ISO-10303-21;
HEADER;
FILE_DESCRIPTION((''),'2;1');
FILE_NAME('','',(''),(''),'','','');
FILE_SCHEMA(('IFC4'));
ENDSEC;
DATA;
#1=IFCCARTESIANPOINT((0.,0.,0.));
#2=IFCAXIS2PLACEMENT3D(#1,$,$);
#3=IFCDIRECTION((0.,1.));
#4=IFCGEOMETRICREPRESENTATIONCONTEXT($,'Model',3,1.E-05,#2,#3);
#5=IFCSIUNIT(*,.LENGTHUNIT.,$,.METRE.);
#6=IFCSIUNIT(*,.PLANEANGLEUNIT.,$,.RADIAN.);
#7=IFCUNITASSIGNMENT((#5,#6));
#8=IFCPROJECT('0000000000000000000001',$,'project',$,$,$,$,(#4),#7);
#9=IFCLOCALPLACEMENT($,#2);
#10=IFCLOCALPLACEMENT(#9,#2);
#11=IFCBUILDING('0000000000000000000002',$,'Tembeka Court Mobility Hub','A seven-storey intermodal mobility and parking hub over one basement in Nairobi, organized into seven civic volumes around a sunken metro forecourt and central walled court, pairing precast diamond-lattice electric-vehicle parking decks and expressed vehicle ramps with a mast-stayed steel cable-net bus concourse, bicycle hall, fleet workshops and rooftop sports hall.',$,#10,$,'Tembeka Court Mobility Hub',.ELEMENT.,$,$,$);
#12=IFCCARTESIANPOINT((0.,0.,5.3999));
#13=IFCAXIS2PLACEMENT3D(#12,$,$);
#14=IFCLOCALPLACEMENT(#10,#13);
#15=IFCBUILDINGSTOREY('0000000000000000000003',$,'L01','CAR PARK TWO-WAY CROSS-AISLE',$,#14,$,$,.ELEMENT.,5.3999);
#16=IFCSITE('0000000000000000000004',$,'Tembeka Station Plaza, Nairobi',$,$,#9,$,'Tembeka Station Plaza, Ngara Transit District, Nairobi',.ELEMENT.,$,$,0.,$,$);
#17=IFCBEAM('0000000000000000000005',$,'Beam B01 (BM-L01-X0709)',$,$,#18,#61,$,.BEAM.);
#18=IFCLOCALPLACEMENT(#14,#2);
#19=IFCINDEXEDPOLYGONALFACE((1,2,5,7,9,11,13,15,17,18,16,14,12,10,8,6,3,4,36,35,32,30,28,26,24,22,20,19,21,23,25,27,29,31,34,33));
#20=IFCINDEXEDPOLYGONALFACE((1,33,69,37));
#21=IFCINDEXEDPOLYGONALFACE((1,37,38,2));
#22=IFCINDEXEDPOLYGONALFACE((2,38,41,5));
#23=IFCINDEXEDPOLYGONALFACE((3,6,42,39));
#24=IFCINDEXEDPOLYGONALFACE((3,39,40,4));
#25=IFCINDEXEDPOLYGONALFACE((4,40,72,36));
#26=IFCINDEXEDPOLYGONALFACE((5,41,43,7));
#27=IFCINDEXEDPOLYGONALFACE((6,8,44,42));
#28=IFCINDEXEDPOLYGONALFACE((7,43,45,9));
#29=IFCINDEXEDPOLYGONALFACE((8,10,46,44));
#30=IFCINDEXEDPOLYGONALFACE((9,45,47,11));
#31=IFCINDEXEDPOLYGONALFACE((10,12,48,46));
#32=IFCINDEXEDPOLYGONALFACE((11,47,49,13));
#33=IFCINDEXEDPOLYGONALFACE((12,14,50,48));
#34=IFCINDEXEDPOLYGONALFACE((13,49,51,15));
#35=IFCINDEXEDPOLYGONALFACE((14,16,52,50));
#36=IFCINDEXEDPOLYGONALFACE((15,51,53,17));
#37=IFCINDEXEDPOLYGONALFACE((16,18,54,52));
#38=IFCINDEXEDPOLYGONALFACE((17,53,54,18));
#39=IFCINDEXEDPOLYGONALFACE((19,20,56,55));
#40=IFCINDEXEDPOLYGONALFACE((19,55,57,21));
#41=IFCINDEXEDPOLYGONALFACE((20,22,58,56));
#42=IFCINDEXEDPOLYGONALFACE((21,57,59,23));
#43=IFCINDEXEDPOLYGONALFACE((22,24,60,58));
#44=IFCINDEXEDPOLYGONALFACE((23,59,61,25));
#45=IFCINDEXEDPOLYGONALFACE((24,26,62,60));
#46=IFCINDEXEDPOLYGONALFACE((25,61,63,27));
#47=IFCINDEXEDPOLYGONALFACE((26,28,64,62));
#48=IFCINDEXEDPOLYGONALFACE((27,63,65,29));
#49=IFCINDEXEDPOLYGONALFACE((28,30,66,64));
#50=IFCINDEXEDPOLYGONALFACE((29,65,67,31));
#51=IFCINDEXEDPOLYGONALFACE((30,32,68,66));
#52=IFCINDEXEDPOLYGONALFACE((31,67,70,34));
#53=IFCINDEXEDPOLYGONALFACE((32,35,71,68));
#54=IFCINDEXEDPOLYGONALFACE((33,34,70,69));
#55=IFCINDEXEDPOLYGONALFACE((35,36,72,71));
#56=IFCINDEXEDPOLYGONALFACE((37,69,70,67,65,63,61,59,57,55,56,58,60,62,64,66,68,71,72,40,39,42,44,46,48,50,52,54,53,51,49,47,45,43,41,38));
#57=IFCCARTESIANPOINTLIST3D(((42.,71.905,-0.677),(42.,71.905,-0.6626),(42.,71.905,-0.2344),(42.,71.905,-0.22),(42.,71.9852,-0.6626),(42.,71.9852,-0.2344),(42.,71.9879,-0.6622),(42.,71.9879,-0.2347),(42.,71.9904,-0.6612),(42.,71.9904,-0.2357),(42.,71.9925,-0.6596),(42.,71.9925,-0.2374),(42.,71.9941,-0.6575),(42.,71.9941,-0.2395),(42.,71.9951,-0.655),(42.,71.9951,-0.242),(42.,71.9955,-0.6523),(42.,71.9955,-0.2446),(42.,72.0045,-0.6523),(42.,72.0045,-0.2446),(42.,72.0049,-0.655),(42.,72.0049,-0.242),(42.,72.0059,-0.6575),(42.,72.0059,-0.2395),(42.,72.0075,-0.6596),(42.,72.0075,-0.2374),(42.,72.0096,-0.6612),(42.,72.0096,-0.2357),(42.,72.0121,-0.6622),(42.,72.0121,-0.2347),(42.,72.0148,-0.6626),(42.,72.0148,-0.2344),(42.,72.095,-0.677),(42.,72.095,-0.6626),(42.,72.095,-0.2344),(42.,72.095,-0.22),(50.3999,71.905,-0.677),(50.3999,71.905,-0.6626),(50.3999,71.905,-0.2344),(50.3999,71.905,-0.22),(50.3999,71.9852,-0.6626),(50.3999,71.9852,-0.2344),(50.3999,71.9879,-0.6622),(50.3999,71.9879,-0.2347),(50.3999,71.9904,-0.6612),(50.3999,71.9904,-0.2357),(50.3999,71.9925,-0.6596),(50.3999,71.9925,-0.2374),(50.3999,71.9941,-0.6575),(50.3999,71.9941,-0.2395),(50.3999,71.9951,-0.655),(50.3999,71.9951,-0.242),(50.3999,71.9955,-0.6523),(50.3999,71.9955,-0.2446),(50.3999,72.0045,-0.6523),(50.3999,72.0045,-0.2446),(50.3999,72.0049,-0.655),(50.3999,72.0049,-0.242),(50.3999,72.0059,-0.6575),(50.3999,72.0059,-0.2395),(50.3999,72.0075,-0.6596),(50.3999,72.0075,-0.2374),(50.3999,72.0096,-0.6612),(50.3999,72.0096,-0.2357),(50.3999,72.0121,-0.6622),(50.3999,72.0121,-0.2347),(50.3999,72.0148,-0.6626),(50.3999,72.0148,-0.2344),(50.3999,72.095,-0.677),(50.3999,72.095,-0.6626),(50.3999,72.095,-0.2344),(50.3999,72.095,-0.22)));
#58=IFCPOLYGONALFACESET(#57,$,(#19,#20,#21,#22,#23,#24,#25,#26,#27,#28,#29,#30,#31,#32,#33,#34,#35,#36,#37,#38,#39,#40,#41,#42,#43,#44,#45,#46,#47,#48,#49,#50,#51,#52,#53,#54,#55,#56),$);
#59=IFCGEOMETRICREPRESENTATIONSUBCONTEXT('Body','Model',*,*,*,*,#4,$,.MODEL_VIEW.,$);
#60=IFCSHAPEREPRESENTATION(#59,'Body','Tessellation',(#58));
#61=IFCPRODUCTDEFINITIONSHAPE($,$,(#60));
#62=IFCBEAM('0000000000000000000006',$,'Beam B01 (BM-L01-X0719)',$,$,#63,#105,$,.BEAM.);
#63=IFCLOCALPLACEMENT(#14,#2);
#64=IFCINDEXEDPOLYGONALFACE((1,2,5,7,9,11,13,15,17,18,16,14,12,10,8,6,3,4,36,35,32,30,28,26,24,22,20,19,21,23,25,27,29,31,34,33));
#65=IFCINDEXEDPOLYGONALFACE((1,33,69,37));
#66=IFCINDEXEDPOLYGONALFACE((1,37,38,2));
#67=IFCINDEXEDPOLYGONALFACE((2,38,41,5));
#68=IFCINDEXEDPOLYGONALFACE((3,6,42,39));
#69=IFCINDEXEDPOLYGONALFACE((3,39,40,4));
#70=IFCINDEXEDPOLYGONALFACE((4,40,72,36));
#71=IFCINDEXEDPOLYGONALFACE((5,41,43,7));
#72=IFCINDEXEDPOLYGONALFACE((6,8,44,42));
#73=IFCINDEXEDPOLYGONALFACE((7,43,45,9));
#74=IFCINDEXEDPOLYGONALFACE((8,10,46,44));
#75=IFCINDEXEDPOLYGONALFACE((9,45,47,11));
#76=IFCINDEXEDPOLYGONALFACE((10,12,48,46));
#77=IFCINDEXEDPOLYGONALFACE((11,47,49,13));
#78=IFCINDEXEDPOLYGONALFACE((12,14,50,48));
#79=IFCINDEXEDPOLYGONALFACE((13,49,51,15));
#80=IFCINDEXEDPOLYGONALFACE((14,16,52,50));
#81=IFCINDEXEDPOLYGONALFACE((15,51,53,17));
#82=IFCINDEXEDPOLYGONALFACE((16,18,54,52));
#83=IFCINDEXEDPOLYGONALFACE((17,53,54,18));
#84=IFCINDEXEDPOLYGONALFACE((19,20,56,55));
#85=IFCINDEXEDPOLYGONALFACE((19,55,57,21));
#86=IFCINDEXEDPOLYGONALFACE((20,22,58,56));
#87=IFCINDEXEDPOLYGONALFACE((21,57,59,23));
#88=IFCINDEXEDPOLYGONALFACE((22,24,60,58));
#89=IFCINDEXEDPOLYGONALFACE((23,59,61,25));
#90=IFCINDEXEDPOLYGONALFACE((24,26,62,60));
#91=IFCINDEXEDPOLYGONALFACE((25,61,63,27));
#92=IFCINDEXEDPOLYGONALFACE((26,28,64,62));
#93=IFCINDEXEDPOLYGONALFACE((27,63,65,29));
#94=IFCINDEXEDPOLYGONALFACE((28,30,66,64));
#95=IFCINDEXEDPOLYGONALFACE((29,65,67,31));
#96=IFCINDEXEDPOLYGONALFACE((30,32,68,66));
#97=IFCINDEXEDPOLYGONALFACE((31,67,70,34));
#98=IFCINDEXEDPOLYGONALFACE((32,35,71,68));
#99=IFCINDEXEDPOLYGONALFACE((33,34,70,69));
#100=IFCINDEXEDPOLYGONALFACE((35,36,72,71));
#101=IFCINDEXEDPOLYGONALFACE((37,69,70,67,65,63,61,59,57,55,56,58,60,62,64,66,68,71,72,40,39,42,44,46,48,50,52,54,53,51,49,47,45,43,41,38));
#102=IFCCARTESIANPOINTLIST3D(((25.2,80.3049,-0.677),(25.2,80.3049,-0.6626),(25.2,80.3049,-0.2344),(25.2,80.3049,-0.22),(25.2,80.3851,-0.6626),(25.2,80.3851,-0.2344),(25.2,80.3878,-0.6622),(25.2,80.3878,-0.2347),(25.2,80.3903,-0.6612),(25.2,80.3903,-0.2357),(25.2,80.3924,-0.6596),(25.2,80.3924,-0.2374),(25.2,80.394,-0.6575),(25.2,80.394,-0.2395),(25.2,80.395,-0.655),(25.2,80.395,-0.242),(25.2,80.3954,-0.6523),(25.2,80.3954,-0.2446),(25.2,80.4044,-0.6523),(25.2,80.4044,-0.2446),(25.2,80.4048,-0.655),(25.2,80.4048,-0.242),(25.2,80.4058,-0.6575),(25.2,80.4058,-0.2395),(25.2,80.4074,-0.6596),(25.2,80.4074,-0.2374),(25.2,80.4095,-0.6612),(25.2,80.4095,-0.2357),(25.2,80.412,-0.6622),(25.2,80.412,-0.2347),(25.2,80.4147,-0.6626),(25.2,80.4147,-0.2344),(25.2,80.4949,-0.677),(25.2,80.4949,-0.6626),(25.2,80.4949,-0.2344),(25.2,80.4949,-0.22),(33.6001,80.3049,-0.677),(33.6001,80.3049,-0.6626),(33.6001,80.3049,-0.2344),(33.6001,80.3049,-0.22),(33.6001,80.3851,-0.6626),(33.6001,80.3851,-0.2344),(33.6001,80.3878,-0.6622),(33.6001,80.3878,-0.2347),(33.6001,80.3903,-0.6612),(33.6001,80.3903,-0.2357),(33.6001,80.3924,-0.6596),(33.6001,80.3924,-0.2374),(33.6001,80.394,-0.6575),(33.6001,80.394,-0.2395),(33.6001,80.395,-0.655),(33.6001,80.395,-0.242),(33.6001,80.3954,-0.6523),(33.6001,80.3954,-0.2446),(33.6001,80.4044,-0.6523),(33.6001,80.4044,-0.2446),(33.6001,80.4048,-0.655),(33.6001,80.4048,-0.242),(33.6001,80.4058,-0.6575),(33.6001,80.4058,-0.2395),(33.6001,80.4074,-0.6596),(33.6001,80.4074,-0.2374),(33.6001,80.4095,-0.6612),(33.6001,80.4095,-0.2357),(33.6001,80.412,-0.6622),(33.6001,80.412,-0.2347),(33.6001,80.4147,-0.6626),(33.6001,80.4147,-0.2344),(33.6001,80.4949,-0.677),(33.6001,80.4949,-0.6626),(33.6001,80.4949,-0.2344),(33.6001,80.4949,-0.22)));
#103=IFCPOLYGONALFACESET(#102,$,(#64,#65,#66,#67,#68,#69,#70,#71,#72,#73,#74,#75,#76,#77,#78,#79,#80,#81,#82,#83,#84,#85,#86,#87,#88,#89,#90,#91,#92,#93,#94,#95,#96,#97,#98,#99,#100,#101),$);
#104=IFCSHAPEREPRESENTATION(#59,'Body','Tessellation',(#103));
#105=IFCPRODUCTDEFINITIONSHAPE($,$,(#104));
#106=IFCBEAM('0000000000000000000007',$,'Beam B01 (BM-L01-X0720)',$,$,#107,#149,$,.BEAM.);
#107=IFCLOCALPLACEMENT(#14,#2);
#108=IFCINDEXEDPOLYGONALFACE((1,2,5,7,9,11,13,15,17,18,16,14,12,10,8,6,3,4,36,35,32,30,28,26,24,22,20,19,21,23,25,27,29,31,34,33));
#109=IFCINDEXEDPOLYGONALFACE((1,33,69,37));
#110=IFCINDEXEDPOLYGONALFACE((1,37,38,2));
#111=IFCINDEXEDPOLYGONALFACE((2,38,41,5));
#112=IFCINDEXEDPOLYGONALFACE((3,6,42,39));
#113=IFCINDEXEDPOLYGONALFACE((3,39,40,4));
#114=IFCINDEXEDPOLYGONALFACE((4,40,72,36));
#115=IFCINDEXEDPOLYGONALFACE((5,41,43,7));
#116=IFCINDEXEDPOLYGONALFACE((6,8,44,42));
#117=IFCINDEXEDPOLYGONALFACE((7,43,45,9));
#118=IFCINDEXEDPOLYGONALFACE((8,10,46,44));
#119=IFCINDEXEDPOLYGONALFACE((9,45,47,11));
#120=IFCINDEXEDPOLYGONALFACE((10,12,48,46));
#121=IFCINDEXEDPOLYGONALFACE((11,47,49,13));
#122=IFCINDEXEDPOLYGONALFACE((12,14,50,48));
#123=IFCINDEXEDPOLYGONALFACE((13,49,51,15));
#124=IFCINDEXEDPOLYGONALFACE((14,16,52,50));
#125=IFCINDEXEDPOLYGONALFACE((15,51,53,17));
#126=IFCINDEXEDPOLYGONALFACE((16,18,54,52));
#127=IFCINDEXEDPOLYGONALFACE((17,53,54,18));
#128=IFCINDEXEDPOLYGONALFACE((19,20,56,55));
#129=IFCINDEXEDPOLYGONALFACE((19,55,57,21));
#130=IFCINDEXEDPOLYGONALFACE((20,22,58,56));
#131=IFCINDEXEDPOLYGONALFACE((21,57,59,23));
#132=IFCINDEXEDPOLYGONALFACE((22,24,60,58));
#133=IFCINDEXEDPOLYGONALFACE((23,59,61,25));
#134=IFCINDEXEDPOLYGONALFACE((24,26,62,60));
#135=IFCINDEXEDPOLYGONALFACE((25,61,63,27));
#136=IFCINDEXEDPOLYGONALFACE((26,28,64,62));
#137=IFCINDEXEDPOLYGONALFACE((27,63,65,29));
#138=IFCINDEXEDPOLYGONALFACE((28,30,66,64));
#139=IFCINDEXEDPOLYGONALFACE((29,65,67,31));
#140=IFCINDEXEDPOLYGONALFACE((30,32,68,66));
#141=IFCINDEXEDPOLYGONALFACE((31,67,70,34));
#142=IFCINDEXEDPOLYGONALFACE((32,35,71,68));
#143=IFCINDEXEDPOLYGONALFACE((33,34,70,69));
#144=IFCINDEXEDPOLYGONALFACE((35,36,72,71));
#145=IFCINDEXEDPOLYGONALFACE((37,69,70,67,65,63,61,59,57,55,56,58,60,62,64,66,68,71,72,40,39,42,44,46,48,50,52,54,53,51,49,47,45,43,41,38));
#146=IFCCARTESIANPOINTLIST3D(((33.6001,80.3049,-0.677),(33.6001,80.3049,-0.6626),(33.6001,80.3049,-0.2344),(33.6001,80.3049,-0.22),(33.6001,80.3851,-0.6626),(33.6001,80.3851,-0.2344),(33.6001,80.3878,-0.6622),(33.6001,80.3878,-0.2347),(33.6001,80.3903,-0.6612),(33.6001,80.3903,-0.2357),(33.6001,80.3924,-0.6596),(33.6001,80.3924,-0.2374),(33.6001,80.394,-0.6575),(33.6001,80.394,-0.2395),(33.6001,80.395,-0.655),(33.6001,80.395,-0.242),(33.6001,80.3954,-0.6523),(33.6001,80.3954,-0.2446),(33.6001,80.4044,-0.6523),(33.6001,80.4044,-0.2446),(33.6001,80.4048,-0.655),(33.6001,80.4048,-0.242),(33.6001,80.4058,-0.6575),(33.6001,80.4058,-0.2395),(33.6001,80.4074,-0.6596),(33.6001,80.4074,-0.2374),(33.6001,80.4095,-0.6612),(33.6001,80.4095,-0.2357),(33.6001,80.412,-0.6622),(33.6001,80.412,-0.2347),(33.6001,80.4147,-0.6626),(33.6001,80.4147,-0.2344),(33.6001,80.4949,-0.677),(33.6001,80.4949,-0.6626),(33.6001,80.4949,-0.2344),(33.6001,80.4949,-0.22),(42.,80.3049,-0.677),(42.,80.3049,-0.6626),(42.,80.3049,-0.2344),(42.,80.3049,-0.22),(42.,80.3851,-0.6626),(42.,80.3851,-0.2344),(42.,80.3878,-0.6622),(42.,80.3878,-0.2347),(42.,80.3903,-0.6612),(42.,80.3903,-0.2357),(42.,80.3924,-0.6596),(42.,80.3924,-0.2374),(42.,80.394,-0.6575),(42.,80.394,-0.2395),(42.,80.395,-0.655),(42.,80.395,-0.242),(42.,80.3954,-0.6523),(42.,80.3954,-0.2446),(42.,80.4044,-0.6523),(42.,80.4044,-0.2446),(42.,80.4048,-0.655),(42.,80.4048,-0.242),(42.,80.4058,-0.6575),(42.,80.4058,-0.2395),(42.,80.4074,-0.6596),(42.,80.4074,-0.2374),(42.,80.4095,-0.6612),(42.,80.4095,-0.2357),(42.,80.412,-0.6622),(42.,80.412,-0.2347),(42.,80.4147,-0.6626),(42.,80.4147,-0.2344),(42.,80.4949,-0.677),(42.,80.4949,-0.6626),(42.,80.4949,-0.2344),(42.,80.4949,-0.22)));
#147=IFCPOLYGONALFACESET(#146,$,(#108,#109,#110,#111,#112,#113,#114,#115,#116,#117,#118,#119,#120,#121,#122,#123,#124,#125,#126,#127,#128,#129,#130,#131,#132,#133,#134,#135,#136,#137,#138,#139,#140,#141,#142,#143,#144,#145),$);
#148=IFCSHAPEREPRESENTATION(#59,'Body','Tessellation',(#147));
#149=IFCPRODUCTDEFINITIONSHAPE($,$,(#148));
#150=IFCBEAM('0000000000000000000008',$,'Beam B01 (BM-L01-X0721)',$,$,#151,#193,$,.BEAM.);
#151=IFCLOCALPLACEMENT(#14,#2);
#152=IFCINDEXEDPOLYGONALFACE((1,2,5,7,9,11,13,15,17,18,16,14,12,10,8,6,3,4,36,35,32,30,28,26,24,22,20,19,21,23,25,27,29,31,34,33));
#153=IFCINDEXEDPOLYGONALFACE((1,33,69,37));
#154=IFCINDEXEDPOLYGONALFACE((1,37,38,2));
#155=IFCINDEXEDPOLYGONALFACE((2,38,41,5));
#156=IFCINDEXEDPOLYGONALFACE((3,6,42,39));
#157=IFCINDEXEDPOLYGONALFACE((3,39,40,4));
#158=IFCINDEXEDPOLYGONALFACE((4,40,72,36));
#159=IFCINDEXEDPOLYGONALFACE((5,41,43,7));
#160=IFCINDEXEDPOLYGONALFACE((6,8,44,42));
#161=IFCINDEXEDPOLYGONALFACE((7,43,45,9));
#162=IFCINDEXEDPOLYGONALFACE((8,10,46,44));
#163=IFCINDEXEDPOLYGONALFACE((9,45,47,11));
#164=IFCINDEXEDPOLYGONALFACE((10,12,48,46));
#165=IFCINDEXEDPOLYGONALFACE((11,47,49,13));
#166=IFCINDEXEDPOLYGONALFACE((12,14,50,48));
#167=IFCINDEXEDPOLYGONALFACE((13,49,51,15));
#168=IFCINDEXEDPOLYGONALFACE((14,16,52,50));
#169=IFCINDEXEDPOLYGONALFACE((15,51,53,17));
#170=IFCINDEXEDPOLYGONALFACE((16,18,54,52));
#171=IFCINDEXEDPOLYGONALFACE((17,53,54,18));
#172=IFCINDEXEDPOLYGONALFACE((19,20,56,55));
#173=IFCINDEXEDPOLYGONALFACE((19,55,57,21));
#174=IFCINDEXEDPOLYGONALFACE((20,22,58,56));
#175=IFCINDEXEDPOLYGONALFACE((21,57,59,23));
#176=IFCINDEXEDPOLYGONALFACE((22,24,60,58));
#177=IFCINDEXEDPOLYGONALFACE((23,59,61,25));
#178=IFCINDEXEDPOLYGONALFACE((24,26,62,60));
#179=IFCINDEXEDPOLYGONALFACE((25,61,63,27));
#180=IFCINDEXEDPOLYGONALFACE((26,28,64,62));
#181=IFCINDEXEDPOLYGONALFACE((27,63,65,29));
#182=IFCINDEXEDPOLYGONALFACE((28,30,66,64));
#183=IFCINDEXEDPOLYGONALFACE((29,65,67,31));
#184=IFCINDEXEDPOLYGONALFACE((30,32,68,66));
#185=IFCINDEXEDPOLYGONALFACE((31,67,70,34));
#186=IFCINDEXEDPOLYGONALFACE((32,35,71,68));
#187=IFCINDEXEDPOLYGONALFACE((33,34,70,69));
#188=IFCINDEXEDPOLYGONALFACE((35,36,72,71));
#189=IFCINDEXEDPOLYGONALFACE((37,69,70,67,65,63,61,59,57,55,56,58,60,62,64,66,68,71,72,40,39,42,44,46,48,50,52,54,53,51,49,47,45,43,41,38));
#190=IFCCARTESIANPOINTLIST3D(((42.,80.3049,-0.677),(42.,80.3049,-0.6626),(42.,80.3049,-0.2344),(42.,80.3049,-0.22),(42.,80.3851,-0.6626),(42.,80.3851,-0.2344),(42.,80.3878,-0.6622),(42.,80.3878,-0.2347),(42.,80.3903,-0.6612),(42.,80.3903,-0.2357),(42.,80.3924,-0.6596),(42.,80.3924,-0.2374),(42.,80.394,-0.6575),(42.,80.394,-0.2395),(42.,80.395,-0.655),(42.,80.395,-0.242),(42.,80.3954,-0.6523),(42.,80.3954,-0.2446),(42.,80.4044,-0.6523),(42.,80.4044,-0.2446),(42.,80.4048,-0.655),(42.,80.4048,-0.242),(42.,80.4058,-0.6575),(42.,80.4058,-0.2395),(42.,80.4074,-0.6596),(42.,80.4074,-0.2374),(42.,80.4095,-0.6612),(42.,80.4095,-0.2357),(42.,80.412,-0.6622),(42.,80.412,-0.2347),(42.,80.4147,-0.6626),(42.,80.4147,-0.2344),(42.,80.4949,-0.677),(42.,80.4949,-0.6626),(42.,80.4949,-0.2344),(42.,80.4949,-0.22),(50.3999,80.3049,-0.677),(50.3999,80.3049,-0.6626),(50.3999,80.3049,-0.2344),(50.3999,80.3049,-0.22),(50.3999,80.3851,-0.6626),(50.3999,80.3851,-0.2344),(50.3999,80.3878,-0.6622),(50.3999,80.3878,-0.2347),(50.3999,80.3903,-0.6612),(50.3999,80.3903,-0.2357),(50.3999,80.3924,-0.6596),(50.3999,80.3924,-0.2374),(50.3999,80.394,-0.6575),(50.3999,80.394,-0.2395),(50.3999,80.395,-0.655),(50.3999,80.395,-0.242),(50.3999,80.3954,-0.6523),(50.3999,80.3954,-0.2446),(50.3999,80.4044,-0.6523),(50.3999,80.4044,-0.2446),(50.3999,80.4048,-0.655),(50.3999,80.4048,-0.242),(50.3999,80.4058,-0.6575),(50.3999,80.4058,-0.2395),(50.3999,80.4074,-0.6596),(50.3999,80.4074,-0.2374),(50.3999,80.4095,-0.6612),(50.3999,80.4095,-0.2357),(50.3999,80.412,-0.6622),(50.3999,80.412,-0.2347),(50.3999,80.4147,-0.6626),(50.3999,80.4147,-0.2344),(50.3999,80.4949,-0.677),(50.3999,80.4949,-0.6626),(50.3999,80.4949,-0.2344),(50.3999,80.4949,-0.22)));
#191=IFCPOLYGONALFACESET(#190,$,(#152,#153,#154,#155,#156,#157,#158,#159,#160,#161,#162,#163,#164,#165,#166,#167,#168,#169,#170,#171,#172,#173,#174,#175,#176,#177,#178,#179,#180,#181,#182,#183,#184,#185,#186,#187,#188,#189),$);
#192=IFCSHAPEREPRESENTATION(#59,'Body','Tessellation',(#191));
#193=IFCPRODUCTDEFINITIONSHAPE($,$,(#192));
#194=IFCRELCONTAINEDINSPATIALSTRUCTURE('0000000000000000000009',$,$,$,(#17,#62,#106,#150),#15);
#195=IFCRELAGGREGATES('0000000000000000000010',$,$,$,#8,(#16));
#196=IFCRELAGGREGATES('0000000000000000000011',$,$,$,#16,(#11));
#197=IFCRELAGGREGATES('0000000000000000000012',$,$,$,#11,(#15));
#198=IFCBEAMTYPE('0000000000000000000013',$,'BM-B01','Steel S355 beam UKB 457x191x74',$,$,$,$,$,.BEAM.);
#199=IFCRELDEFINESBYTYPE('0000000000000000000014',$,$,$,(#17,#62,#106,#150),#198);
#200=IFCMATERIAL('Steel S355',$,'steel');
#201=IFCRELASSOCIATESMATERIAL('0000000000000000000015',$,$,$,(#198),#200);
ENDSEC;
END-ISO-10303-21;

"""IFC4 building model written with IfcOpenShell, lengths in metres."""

from ifc_helpers import new_model, si_unit, direction, frame, origin, origin_2d, place, context, subcontext, project, spatial, i_section, extrude, material, material_profile, profile_set, type_object, element, save


model = new_model("IFC4")

# Units and contexts
model_context = context("Model", 3, precision=1e-05, world=origin(), true_north=direction((0.0, 1.0)))
body_context = subcontext(model_context, "Body", "Model", "MODEL_VIEW")
ifc_project = project(units=[si_unit("LENGTHUNIT", "METRE"), si_unit("PLANEANGLEUNIT", "RADIAN")], contexts=[model_context])

# Site, building, storey
site_placement = place(None, origin())
site = spatial("IfcSite", under=ifc_project, at=site_placement, Name="Tembeka Station Plaza, Nairobi", LongName="Tembeka Station Plaza, Ngara Transit District, Nairobi", CompositionType="ELEMENT", RefElevation=0.0)
building_placement = place(site_placement, origin())
building = spatial("IfcBuilding", under=site, at=building_placement, Name="Tembeka Court Mobility Hub", Description="A seven-storey intermodal mobility and parking hub over one basement in Nairobi, organized into seven civic volumes around a sunken metro forecourt and central walled court, pairing precast diamond-lattice electric-vehicle parking decks and expressed vehicle ramps with a mast-stayed steel cable-net bus concourse, bicycle hall, fleet workshops and rooftop sports hall.", LongName="Tembeka Court Mobility Hub", CompositionType="ELEMENT")
storey_placement = place(building_placement, frame((0.0, 0.0, 5.3999)))
storey = spatial("IfcBuildingStorey", under=building, at=storey_placement, Name="L01", Description="CAR PARK TWO-WAY CROSS-AISLE", CompositionType="ELEMENT", Elevation=5.3999)

# Shared definitions
ifc_material = material(Name="Steel S355", Category="steel")

# Beams
ifc_material_profile_1 = material_profile(ifc_material, i_section(OverallWidth=0.1899, OverallDepth=0.457, WebThickness=0.009, FlangeThickness=0.0144, FilletRadius=0.0103, at=origin_2d()), Name="UKB 457x191x74")
ifc_profile_set_1 = profile_set([ifc_material_profile_1], Name="Steel S355")
beam_type_1 = type_object("IfcBeamType", Name="BM-B01", Description="Steel S355 beam UKB 457x191x74", PredefinedType="BEAM", material=ifc_profile_set_1)
beam_1_placement = place(storey_placement, frame((42.0, 72.0, -0.4485), z_axis=(1.0, 0.0, 0.0), x_axis=(0.0, 1.0, 0.0)))
element("IfcBeam", 1, at=beam_1_placement, inside=storey, type_object=beam_type_1, Name="Beam B01 (BM-L01-X0709)", PredefinedType="BEAM", context=body_context, shape_type="SweptSolid", body=[
    extrude(i_section(OverallWidth=0.1899, OverallDepth=0.457, WebThickness=0.009, FlangeThickness=0.0144, FilletRadius=0.0103, at=origin_2d()), origin(), (0.0, 0.0, 1.0), 8.3999),
])
beam_2_placement = place(storey_placement, frame((25.2, 80.3999, -0.4485), z_axis=(1.0, 0.0, 0.0), x_axis=(0.0, 1.0, 0.0)))
element("IfcBeam", 2, at=beam_2_placement, inside=storey, type_object=beam_type_1, Name="Beam B01 (BM-L01-X0719)", PredefinedType="BEAM", context=body_context, shape_type="SweptSolid", body=[
    extrude(i_section(OverallWidth=0.1899, OverallDepth=0.457, WebThickness=0.009, FlangeThickness=0.0144, FilletRadius=0.0103, at=origin_2d()), origin(), (0.0, 0.0, 1.0), 8.4001),
])
for number, where, z_axis, x_axis, name in (
    (3, (33.6001, 80.3999, -0.4485), (1.0, 0.0, 0.0), (0.0, 1.0, 0.0), "Beam B01 (BM-L01-X0720)"),
    (4, (42.0, 80.3999, -0.4485), (1.0, 0.0, 0.0), (0.0, 1.0, 0.0), "Beam B01 (BM-L01-X0721)"),
):
    element("IfcBeam", number, at=place(storey_placement, frame(where, z_axis=z_axis, x_axis=x_axis)), inside=storey, type_object=beam_type_1, Name=name, PredefinedType="BEAM", context=body_context, shape_type="SweptSolid", body=[
        extrude(i_section(OverallWidth=0.1899, OverallDepth=0.457, WebThickness=0.009, FlangeThickness=0.0144, FilletRadius=0.0103, at=origin_2d()), origin(), (0.0, 0.0, 1.0), 8.3999),
    ])

save(model, "model.ifc")
